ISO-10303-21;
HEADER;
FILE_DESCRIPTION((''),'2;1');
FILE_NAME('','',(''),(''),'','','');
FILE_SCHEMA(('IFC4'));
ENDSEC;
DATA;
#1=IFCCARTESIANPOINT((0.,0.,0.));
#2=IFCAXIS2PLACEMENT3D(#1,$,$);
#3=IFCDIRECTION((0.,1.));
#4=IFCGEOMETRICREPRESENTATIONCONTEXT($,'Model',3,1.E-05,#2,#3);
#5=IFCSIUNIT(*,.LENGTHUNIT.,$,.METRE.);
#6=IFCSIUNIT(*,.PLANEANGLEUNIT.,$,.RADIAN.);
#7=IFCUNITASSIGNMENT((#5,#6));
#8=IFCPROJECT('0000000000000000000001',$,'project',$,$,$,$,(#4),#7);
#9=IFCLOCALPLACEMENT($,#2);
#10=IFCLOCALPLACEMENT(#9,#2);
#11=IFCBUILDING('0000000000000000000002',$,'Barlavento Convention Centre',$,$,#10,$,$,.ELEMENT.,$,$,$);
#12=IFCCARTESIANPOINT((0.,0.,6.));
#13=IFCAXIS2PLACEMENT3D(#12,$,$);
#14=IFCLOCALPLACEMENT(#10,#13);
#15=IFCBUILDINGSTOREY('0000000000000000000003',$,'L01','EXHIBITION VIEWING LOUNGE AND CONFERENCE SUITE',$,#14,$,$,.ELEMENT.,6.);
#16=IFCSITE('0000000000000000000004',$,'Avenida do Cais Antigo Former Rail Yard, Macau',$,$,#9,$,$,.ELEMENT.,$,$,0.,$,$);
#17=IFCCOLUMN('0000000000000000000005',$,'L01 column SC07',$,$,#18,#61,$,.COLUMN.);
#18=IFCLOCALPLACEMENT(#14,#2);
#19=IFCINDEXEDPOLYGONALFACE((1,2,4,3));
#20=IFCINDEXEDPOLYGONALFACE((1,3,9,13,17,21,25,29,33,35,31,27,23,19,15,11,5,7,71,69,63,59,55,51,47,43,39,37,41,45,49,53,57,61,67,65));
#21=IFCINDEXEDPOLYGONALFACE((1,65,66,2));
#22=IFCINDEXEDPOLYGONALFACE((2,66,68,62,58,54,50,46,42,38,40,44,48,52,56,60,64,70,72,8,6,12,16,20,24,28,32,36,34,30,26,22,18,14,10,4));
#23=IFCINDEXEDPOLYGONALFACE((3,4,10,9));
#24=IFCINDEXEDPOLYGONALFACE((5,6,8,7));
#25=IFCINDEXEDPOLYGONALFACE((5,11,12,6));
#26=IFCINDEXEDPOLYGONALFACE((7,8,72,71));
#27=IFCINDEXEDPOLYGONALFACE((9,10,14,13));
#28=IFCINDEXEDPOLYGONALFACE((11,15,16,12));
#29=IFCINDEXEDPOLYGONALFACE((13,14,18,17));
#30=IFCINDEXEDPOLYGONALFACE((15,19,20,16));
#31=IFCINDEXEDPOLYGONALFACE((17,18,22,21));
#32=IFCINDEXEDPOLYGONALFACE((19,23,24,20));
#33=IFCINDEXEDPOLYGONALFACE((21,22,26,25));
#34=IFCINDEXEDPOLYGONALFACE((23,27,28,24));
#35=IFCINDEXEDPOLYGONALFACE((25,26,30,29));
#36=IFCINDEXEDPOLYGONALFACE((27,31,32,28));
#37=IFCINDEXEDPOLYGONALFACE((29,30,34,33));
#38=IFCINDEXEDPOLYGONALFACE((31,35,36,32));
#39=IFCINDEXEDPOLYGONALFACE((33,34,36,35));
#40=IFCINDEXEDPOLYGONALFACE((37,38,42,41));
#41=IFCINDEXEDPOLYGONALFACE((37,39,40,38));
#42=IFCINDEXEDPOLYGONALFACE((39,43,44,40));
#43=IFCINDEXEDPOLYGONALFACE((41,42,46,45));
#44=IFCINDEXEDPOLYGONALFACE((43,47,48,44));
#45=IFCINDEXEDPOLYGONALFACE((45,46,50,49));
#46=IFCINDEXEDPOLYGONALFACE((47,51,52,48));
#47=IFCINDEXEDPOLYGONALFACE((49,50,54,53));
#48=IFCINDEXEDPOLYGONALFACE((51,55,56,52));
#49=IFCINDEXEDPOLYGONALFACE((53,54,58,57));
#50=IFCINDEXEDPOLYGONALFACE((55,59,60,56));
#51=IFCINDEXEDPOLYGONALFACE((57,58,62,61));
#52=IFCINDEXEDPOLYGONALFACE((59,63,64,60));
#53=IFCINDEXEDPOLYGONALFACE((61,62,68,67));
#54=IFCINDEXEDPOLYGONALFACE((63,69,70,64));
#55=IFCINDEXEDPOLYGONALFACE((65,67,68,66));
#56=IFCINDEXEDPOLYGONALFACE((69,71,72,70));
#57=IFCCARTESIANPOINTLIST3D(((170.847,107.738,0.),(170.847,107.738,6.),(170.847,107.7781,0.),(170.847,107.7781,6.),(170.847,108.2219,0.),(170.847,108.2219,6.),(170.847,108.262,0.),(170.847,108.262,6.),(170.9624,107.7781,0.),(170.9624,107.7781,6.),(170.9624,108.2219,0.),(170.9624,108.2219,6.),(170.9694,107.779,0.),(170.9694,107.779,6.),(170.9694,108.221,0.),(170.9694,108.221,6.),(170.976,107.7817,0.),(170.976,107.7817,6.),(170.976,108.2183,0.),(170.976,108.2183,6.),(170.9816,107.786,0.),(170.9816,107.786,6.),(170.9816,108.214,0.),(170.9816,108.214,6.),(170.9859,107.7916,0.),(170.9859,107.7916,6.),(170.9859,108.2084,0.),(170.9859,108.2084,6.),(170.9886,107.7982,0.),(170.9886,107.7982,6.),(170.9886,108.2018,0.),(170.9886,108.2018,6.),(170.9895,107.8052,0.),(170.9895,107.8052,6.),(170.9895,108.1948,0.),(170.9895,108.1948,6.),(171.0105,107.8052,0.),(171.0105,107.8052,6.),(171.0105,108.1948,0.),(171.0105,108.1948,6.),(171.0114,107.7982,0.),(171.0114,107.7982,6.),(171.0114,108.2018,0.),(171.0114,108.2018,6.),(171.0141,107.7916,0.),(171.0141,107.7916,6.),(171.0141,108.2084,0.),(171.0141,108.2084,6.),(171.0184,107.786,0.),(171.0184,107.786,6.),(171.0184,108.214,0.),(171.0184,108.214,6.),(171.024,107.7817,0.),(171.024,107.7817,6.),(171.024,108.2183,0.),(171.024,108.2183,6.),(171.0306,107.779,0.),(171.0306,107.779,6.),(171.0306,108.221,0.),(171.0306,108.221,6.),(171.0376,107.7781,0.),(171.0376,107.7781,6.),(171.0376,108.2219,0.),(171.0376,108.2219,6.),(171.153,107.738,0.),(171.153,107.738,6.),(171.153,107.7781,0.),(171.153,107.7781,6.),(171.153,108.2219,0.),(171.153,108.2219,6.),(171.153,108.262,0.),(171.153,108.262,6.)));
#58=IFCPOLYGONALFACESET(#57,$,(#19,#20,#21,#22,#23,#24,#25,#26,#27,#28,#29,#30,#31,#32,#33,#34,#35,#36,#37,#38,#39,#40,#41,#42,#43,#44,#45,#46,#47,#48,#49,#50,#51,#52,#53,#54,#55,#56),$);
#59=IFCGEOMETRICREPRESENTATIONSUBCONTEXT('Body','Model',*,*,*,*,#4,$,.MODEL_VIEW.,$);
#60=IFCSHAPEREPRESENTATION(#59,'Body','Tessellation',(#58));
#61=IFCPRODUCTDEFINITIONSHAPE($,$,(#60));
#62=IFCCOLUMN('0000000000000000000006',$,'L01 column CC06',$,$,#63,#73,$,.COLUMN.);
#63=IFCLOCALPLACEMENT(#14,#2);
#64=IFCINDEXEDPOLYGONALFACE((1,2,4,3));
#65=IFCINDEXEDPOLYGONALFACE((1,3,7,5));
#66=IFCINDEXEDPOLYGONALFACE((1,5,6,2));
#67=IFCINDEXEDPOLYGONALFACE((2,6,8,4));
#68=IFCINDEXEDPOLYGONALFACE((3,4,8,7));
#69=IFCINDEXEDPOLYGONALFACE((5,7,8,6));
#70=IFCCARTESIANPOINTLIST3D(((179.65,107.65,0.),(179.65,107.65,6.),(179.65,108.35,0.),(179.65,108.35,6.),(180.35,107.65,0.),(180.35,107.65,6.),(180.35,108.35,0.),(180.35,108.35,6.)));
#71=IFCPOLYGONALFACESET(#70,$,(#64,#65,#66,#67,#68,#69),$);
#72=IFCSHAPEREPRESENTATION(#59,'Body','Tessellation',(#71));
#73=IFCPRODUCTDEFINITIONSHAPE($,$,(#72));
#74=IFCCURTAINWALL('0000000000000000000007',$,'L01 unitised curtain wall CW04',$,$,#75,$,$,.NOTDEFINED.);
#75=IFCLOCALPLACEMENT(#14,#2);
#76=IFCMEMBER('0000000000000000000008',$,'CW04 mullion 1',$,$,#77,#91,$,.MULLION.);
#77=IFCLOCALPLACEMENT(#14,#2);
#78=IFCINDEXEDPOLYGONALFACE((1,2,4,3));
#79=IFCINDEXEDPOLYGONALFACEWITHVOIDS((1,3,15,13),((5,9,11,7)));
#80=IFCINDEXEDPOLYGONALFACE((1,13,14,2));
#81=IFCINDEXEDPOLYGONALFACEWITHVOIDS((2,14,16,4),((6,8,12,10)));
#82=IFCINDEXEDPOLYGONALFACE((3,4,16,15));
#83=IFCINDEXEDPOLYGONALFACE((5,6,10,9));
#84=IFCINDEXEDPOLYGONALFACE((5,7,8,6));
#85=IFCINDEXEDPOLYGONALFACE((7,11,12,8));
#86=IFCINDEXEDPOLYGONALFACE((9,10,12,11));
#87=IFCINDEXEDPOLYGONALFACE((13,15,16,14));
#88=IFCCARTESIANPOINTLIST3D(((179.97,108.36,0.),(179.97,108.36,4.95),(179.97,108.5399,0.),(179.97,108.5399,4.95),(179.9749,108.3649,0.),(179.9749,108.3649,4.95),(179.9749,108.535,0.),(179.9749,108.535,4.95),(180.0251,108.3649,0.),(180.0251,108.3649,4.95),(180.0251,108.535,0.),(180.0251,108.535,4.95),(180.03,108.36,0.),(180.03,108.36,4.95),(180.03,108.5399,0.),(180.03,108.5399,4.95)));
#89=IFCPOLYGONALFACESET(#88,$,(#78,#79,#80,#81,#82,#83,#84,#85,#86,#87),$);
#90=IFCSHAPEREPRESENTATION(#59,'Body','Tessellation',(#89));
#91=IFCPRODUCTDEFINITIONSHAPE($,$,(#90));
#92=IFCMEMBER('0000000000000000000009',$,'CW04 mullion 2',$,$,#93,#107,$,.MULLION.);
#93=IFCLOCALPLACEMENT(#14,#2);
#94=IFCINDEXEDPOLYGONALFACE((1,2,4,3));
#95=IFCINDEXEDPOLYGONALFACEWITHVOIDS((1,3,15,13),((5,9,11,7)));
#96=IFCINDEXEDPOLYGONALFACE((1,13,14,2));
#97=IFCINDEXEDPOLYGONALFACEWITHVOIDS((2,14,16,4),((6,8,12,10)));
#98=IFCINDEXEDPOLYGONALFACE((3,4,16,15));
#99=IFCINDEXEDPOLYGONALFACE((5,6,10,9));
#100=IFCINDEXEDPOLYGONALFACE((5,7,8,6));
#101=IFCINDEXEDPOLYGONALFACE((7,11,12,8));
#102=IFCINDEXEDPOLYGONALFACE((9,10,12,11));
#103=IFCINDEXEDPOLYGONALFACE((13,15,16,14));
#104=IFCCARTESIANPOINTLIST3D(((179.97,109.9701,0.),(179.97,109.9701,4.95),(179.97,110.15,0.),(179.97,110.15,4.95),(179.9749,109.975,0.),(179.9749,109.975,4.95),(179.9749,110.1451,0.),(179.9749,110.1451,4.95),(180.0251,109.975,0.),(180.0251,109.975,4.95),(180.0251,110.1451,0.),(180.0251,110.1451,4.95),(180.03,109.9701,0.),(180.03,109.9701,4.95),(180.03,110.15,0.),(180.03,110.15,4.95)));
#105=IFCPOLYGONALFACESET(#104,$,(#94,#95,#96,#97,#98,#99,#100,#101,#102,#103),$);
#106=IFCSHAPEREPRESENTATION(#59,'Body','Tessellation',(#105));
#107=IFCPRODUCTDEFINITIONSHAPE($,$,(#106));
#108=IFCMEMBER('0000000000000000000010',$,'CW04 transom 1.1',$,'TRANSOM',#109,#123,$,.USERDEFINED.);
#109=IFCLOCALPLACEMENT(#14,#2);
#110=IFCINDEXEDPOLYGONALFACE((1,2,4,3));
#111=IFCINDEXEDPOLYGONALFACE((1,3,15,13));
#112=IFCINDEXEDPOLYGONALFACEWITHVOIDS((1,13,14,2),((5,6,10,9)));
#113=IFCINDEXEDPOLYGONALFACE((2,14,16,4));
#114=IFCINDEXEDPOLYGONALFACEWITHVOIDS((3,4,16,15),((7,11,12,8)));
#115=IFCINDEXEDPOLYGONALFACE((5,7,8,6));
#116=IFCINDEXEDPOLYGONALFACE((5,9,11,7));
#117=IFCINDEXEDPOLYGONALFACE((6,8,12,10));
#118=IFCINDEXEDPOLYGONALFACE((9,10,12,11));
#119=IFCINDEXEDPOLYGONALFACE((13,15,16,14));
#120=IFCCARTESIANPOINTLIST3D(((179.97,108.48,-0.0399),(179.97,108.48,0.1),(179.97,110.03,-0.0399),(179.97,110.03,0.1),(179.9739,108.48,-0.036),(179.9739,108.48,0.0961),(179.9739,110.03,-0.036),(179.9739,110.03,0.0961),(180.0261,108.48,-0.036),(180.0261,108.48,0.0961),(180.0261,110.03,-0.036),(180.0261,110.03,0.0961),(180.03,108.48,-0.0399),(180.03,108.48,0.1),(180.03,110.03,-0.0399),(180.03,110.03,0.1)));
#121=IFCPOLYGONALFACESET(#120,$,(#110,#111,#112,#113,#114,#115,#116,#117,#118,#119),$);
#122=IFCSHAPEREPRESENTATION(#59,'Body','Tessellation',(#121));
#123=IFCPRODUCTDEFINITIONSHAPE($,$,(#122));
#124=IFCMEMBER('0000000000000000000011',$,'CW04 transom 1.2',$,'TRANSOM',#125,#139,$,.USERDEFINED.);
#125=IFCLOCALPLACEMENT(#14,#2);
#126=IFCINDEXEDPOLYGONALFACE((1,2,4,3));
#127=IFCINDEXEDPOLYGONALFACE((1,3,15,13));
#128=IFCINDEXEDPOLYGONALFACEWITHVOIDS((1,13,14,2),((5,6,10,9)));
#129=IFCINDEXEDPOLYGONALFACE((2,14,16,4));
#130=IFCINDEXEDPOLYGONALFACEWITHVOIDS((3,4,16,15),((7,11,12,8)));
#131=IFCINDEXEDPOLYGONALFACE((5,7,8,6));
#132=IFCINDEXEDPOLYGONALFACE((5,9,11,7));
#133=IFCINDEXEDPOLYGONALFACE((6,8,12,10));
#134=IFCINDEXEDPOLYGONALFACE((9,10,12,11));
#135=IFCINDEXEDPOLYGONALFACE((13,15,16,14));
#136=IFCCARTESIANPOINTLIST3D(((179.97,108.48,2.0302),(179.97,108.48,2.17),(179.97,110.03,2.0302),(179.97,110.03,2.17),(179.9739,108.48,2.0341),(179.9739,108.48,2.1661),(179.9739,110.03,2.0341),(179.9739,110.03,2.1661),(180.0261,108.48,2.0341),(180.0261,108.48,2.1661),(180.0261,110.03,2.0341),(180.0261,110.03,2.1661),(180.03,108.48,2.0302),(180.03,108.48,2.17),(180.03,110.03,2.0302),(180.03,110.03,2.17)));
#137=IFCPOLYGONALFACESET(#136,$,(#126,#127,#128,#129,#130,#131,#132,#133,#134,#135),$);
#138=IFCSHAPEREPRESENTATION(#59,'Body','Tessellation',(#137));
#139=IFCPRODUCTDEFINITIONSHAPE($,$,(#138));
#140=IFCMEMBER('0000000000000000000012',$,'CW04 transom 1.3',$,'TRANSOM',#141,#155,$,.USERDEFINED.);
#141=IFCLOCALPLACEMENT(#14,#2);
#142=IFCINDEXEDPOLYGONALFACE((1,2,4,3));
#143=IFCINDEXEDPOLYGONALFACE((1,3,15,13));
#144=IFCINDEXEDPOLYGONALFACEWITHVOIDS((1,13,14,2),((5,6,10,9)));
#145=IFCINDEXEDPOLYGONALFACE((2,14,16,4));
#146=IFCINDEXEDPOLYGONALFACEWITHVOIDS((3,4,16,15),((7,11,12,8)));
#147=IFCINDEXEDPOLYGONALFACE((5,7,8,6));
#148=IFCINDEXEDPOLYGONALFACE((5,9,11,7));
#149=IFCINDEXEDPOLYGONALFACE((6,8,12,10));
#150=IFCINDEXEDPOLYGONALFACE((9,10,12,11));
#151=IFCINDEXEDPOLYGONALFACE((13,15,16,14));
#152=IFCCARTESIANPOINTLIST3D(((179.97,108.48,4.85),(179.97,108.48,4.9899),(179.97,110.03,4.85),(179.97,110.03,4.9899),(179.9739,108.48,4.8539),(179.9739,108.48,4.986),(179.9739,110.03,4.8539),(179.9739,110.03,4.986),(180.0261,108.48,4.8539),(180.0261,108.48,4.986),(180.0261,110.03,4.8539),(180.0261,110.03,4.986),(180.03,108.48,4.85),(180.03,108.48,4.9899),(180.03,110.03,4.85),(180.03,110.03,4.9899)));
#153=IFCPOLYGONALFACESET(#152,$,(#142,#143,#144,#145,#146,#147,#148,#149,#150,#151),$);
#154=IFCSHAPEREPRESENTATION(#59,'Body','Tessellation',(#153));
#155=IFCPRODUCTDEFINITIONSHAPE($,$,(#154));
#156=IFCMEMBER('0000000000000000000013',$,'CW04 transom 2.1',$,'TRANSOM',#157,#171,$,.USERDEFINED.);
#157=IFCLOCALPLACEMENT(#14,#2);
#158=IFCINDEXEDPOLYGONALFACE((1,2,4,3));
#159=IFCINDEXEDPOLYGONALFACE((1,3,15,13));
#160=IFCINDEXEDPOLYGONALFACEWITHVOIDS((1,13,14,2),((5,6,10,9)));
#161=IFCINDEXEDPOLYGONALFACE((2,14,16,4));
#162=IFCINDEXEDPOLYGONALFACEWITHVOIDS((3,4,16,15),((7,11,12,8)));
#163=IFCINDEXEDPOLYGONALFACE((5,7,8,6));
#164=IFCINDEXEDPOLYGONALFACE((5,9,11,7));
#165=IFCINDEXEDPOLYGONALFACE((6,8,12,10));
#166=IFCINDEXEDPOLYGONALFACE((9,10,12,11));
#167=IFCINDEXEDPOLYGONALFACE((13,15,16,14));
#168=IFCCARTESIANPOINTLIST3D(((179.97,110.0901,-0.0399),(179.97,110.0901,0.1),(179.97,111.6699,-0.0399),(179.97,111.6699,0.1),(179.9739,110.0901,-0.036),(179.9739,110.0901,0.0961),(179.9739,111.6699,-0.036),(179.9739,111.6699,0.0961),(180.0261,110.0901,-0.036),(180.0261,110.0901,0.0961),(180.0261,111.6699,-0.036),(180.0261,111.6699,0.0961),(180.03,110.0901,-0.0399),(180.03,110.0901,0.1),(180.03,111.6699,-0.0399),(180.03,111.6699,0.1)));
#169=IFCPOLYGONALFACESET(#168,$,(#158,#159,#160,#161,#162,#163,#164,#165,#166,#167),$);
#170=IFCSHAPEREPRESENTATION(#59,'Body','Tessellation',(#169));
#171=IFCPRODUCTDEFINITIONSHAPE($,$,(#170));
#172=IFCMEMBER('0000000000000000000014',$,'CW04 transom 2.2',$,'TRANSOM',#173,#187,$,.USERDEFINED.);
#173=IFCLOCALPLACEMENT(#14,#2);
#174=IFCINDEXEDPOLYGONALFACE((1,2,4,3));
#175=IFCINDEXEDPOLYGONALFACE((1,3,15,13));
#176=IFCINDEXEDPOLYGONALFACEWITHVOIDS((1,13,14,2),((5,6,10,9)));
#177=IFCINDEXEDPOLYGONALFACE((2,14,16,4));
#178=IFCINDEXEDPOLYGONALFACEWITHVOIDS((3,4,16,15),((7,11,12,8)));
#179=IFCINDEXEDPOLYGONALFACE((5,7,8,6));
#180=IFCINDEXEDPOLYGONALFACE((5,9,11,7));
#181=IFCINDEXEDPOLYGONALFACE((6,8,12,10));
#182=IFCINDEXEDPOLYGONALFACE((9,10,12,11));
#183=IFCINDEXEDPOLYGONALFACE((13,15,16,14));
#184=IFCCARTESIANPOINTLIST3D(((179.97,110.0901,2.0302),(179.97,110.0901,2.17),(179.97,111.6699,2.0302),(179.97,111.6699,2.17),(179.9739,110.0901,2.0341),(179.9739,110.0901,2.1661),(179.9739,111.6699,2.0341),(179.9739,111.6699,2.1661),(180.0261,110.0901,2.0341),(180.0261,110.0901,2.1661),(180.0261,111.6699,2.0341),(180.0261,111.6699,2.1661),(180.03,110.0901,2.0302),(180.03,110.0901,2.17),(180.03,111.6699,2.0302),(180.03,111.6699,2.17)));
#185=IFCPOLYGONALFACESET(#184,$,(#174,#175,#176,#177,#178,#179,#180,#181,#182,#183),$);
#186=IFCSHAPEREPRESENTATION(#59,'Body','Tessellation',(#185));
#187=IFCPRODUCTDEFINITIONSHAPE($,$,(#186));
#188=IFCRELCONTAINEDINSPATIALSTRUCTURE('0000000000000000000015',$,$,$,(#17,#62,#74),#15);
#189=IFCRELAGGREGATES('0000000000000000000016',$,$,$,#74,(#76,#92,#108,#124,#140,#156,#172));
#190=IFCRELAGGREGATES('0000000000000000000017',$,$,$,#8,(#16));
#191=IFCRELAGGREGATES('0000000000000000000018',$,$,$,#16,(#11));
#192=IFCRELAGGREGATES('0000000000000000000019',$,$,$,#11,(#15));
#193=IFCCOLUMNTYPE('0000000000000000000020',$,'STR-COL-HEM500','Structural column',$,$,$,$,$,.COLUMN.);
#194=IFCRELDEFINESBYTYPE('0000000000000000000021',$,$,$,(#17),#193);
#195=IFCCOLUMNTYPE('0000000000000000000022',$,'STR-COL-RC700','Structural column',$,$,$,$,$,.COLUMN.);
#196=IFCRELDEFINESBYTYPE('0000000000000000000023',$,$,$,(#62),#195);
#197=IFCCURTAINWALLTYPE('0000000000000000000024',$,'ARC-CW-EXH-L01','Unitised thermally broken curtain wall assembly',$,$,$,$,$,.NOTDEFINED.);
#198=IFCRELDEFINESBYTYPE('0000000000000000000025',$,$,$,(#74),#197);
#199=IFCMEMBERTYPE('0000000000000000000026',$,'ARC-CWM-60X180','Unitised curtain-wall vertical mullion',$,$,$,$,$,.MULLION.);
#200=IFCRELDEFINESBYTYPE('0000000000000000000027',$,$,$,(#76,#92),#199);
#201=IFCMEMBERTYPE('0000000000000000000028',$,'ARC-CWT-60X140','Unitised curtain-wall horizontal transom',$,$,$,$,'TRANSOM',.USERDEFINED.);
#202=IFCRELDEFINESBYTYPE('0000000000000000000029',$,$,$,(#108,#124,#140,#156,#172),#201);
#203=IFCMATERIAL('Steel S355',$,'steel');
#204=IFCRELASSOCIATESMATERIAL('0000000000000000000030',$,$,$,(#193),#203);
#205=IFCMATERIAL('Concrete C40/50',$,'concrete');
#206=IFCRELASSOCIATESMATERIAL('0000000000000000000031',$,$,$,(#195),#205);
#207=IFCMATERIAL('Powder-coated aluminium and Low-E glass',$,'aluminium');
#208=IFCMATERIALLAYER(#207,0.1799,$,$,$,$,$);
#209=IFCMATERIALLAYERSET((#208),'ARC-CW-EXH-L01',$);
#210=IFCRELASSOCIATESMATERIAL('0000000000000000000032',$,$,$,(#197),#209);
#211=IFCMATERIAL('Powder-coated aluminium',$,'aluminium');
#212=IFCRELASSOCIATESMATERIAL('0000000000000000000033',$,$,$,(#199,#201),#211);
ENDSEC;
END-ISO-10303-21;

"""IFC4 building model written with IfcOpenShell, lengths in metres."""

from ifc_helpers import new_model, si_unit, direction, frame, origin, origin_2d, place, context, subcontext, project, spatial, rectangle, hollow_rectangle, i_section, extrude, material, layer, layer_set, material_profile, profile_set, type_object, element, aggregate, save


model = new_model("IFC4")

# Units and contexts
model_context = context("Model", 3, precision=1e-05, world=origin(), true_north=direction((0.0, 1.0)))
body_context = subcontext(model_context, "Body", "Model", "MODEL_VIEW")
ifc_project = project(units=[si_unit("LENGTHUNIT", "METRE"), si_unit("PLANEANGLEUNIT", "RADIAN")], contexts=[model_context])

# Site, building, storey
site_placement = place(None, origin())
site = spatial("IfcSite", under=ifc_project, at=site_placement, Name="Avenida do Cais Antigo Former Rail Yard, Macau", CompositionType="ELEMENT", RefElevation=0.0)
building_placement = place(site_placement, origin())
building = spatial("IfcBuilding", under=site, at=building_placement, Name="Barlavento Convention Centre", CompositionType="ELEMENT")
storey_placement = place(building_placement, frame((0.0, 0.0, 6.0)))
storey = spatial("IfcBuildingStorey", under=building, at=storey_placement, Name="L01", Description="EXHIBITION VIEWING LOUNGE AND CONFERENCE SUITE", CompositionType="ELEMENT", Elevation=6.0)

# Columns
ifc_material_1 = material(Name="Steel S355", Category="steel")
ifc_material_profile_1 = material_profile(ifc_material_1, i_section(OverallWidth=0.3059, OverallDepth=0.5239, WebThickness=0.021, FlangeThickness=0.04, FilletRadius=0.0271, at=origin_2d()), Name="HEM 500")
ifc_profile_set_1 = profile_set([ifc_material_profile_1], Name="Steel S355")
column_type_1 = type_object("IfcColumnType", Name="STR-COL-HEM500", Description="Structural column", PredefinedType="COLUMN", material=ifc_profile_set_1)
column_1_placement = place(storey_placement, frame((171.0, 108.0, 0.0), z_axis=(0.0, 0.0, 1.0), x_axis=(1.0, 0.0, 0.0)))
element("IfcColumn", 1, at=column_1_placement, inside=storey, type_object=column_type_1, Name="L01 column SC07", PredefinedType="COLUMN", context=body_context, shape_type="SweptSolid", body=[
    extrude(i_section(OverallWidth=0.3059, OverallDepth=0.5239, WebThickness=0.021, FlangeThickness=0.04, FilletRadius=0.0271, at=origin_2d()), origin(), (0.0, 0.0, 1.0), 6.0),
])
ifc_material_2 = material(Name="Concrete C40/50", Category="concrete")
ifc_material_profile_2 = material_profile(ifc_material_2, rectangle(XDim=0.7, YDim=0.7, at=origin_2d()), Name="RC 700x700")
ifc_profile_set_2 = profile_set([ifc_material_profile_2], Name="Concrete C40/50")
column_type_2 = type_object("IfcColumnType", Name="STR-COL-RC700", Description="Structural column", PredefinedType="COLUMN", material=ifc_profile_set_2)
column_2_placement = place(storey_placement, frame((180.0, 108.0, 0.0), z_axis=(0.0, 0.0, 1.0), x_axis=(1.0, 0.0, 0.0)))
element("IfcColumn", 2, at=column_2_placement, inside=storey, type_object=column_type_2, Name="L01 column CC06", PredefinedType="COLUMN", context=body_context, shape_type="SweptSolid", body=[
    extrude(rectangle(XDim=0.7, YDim=0.7, at=origin_2d()), origin(), (0.0, 0.0, 1.0), 6.0),
])

# Curtain wall, members
ifc_material_3 = material(Name="Powder-coated aluminium and Low-E glass", Category="aluminium")
ifc_layer_1 = layer(ifc_material_3, 0.1799)
ifc_layer_set_1 = layer_set([ifc_layer_1], Name="ARC-CW-EXH-L01")
curtain_wall_type = type_object("IfcCurtainWallType", Name="ARC-CW-EXH-L01", Description="Unitised thermally broken curtain wall assembly", PredefinedType="NOTDEFINED", material=ifc_layer_set_1)
curtain_wall_placement = place(storey_placement, origin())
curtain_wall = element("IfcCurtainWall", 3, at=curtain_wall_placement, inside=storey, type_object=curtain_wall_type, Name="L01 unitised curtain wall CW04", PredefinedType="NOTDEFINED")
ifc_material_4 = material(Name="Powder-coated aluminium", Category="aluminium")
ifc_material_profile_3 = material_profile(ifc_material_4, hollow_rectangle(XDim=0.0601, YDim=0.1799, WallThickness=0.0049, at=origin_2d()), Name="AL-MULL 60x180x5")
ifc_profile_set_3 = profile_set([ifc_material_profile_3], Name="Powder-coated aluminium")
member_type_1 = type_object("IfcMemberType", Name="ARC-CWM-60X180", Description="Unitised curtain-wall vertical mullion", PredefinedType="MULLION", material=ifc_profile_set_3)
member_1_placement = place(storey_placement, frame((180.0, 108.45, 0.0), z_axis=(0.0, 0.0, 1.0), x_axis=(-1.0, 0.0, 0.0)))
member_1 = element("IfcMember", 4, at=member_1_placement, type_object=member_type_1, Name="CW04 mullion 1", PredefinedType="MULLION", context=body_context, shape_type="SweptSolid", body=[
    extrude(hollow_rectangle(XDim=0.0601, YDim=0.1799, WallThickness=0.0049, at=origin_2d()), origin(), (0.0, 0.0, 1.0), 4.95),
])
member_2_placement = place(storey_placement, frame((180.0, 110.0601, 0.0), z_axis=(0.0, 0.0, 1.0), x_axis=(-1.0, 0.0, 0.0)))
member_2 = element("IfcMember", 5, at=member_2_placement, type_object=member_type_1, Name="CW04 mullion 2", PredefinedType="MULLION", context=body_context, shape_type="SweptSolid", body=[
    extrude(hollow_rectangle(XDim=0.0601, YDim=0.1799, WallThickness=0.0049, at=origin_2d()), origin(), (0.0, 0.0, 1.0), 4.95),
])
ifc_material_profile_4 = material_profile(ifc_material_4, hollow_rectangle(XDim=0.0601, YDim=0.1399, WallThickness=0.0039, at=origin_2d()), Name="AL-TRAN 60x140x4")
ifc_profile_set_4 = profile_set([ifc_material_profile_4], Name="Powder-coated aluminium")
member_type_2 = type_object("IfcMemberType", Name="ARC-CWT-60X140", Description="Unitised curtain-wall horizontal transom", ElementType="TRANSOM", PredefinedType="USERDEFINED", material=ifc_profile_set_4)
member_3_placement = place(storey_placement, frame((180.0, 108.48, 0.03), z_axis=(0.0, 1.0, 0.0), x_axis=(-1.0, 0.0, 0.0)))
member_3 = element("IfcMember", 6, at=member_3_placement, type_object=member_type_2, Name="CW04 transom 1.1", ObjectType="TRANSOM", PredefinedType="USERDEFINED", context=body_context, shape_type="SweptSolid", body=[
    extrude(hollow_rectangle(XDim=0.0601, YDim=0.1399, WallThickness=0.0039, at=origin_2d()), origin(), (0.0, 0.0, 1.0), 1.55),
])
member_4_placement = place(storey_placement, frame((180.0, 108.48, 2.1001), z_axis=(0.0, 1.0, 0.0), x_axis=(-1.0, 0.0, 0.0)))
member_4 = element("IfcMember", 7, at=member_4_placement, type_object=member_type_2, Name="CW04 transom 1.2", ObjectType="TRANSOM", PredefinedType="USERDEFINED", context=body_context, shape_type="SweptSolid", body=[
    extrude(hollow_rectangle(XDim=0.0601, YDim=0.1399, WallThickness=0.0039, at=origin_2d()), origin(), (0.0, 0.0, 1.0), 1.55),
])
member_5_placement = place(storey_placement, frame((180.0, 108.48, 4.9199), z_axis=(0.0, 1.0, 0.0), x_axis=(-1.0, 0.0, 0.0)))
member_5 = element("IfcMember", 8, at=member_5_placement, type_object=member_type_2, Name="CW04 transom 1.3", ObjectType="TRANSOM", PredefinedType="USERDEFINED", context=body_context, shape_type="SweptSolid", body=[
    extrude(hollow_rectangle(XDim=0.0601, YDim=0.1399, WallThickness=0.0039, at=origin_2d()), origin(), (0.0, 0.0, 1.0), 1.55),
])
member_6_placement = place(storey_placement, frame((180.0, 110.0901, 0.03), z_axis=(0.0, 1.0, 0.0), x_axis=(-1.0, 0.0, 0.0)))
member_6 = element("IfcMember", 9, at=member_6_placement, type_object=member_type_2, Name="CW04 transom 2.1", ObjectType="TRANSOM", PredefinedType="USERDEFINED", context=body_context, shape_type="SweptSolid", body=[
    extrude(hollow_rectangle(XDim=0.0601, YDim=0.1399, WallThickness=0.0039, at=origin_2d()), origin(), (0.0, 0.0, 1.0), 1.5798),
])
member_7_placement = place(storey_placement, frame((180.0, 110.0901, 2.1001), z_axis=(0.0, 1.0, 0.0), x_axis=(-1.0, 0.0, 0.0)))
member_7 = element("IfcMember", 10, at=member_7_placement, type_object=member_type_2, Name="CW04 transom 2.2", ObjectType="TRANSOM", PredefinedType="USERDEFINED", context=body_context, shape_type="SweptSolid", body=[
    extrude(hollow_rectangle(XDim=0.0601, YDim=0.1399, WallThickness=0.0039, at=origin_2d()), origin(), (0.0, 0.0, 1.0), 1.5798),
])

aggregate(curtain_wall, [member_1, member_2, member_3, member_4, member_5, member_6, member_7])

save(model, "model.ifc")
